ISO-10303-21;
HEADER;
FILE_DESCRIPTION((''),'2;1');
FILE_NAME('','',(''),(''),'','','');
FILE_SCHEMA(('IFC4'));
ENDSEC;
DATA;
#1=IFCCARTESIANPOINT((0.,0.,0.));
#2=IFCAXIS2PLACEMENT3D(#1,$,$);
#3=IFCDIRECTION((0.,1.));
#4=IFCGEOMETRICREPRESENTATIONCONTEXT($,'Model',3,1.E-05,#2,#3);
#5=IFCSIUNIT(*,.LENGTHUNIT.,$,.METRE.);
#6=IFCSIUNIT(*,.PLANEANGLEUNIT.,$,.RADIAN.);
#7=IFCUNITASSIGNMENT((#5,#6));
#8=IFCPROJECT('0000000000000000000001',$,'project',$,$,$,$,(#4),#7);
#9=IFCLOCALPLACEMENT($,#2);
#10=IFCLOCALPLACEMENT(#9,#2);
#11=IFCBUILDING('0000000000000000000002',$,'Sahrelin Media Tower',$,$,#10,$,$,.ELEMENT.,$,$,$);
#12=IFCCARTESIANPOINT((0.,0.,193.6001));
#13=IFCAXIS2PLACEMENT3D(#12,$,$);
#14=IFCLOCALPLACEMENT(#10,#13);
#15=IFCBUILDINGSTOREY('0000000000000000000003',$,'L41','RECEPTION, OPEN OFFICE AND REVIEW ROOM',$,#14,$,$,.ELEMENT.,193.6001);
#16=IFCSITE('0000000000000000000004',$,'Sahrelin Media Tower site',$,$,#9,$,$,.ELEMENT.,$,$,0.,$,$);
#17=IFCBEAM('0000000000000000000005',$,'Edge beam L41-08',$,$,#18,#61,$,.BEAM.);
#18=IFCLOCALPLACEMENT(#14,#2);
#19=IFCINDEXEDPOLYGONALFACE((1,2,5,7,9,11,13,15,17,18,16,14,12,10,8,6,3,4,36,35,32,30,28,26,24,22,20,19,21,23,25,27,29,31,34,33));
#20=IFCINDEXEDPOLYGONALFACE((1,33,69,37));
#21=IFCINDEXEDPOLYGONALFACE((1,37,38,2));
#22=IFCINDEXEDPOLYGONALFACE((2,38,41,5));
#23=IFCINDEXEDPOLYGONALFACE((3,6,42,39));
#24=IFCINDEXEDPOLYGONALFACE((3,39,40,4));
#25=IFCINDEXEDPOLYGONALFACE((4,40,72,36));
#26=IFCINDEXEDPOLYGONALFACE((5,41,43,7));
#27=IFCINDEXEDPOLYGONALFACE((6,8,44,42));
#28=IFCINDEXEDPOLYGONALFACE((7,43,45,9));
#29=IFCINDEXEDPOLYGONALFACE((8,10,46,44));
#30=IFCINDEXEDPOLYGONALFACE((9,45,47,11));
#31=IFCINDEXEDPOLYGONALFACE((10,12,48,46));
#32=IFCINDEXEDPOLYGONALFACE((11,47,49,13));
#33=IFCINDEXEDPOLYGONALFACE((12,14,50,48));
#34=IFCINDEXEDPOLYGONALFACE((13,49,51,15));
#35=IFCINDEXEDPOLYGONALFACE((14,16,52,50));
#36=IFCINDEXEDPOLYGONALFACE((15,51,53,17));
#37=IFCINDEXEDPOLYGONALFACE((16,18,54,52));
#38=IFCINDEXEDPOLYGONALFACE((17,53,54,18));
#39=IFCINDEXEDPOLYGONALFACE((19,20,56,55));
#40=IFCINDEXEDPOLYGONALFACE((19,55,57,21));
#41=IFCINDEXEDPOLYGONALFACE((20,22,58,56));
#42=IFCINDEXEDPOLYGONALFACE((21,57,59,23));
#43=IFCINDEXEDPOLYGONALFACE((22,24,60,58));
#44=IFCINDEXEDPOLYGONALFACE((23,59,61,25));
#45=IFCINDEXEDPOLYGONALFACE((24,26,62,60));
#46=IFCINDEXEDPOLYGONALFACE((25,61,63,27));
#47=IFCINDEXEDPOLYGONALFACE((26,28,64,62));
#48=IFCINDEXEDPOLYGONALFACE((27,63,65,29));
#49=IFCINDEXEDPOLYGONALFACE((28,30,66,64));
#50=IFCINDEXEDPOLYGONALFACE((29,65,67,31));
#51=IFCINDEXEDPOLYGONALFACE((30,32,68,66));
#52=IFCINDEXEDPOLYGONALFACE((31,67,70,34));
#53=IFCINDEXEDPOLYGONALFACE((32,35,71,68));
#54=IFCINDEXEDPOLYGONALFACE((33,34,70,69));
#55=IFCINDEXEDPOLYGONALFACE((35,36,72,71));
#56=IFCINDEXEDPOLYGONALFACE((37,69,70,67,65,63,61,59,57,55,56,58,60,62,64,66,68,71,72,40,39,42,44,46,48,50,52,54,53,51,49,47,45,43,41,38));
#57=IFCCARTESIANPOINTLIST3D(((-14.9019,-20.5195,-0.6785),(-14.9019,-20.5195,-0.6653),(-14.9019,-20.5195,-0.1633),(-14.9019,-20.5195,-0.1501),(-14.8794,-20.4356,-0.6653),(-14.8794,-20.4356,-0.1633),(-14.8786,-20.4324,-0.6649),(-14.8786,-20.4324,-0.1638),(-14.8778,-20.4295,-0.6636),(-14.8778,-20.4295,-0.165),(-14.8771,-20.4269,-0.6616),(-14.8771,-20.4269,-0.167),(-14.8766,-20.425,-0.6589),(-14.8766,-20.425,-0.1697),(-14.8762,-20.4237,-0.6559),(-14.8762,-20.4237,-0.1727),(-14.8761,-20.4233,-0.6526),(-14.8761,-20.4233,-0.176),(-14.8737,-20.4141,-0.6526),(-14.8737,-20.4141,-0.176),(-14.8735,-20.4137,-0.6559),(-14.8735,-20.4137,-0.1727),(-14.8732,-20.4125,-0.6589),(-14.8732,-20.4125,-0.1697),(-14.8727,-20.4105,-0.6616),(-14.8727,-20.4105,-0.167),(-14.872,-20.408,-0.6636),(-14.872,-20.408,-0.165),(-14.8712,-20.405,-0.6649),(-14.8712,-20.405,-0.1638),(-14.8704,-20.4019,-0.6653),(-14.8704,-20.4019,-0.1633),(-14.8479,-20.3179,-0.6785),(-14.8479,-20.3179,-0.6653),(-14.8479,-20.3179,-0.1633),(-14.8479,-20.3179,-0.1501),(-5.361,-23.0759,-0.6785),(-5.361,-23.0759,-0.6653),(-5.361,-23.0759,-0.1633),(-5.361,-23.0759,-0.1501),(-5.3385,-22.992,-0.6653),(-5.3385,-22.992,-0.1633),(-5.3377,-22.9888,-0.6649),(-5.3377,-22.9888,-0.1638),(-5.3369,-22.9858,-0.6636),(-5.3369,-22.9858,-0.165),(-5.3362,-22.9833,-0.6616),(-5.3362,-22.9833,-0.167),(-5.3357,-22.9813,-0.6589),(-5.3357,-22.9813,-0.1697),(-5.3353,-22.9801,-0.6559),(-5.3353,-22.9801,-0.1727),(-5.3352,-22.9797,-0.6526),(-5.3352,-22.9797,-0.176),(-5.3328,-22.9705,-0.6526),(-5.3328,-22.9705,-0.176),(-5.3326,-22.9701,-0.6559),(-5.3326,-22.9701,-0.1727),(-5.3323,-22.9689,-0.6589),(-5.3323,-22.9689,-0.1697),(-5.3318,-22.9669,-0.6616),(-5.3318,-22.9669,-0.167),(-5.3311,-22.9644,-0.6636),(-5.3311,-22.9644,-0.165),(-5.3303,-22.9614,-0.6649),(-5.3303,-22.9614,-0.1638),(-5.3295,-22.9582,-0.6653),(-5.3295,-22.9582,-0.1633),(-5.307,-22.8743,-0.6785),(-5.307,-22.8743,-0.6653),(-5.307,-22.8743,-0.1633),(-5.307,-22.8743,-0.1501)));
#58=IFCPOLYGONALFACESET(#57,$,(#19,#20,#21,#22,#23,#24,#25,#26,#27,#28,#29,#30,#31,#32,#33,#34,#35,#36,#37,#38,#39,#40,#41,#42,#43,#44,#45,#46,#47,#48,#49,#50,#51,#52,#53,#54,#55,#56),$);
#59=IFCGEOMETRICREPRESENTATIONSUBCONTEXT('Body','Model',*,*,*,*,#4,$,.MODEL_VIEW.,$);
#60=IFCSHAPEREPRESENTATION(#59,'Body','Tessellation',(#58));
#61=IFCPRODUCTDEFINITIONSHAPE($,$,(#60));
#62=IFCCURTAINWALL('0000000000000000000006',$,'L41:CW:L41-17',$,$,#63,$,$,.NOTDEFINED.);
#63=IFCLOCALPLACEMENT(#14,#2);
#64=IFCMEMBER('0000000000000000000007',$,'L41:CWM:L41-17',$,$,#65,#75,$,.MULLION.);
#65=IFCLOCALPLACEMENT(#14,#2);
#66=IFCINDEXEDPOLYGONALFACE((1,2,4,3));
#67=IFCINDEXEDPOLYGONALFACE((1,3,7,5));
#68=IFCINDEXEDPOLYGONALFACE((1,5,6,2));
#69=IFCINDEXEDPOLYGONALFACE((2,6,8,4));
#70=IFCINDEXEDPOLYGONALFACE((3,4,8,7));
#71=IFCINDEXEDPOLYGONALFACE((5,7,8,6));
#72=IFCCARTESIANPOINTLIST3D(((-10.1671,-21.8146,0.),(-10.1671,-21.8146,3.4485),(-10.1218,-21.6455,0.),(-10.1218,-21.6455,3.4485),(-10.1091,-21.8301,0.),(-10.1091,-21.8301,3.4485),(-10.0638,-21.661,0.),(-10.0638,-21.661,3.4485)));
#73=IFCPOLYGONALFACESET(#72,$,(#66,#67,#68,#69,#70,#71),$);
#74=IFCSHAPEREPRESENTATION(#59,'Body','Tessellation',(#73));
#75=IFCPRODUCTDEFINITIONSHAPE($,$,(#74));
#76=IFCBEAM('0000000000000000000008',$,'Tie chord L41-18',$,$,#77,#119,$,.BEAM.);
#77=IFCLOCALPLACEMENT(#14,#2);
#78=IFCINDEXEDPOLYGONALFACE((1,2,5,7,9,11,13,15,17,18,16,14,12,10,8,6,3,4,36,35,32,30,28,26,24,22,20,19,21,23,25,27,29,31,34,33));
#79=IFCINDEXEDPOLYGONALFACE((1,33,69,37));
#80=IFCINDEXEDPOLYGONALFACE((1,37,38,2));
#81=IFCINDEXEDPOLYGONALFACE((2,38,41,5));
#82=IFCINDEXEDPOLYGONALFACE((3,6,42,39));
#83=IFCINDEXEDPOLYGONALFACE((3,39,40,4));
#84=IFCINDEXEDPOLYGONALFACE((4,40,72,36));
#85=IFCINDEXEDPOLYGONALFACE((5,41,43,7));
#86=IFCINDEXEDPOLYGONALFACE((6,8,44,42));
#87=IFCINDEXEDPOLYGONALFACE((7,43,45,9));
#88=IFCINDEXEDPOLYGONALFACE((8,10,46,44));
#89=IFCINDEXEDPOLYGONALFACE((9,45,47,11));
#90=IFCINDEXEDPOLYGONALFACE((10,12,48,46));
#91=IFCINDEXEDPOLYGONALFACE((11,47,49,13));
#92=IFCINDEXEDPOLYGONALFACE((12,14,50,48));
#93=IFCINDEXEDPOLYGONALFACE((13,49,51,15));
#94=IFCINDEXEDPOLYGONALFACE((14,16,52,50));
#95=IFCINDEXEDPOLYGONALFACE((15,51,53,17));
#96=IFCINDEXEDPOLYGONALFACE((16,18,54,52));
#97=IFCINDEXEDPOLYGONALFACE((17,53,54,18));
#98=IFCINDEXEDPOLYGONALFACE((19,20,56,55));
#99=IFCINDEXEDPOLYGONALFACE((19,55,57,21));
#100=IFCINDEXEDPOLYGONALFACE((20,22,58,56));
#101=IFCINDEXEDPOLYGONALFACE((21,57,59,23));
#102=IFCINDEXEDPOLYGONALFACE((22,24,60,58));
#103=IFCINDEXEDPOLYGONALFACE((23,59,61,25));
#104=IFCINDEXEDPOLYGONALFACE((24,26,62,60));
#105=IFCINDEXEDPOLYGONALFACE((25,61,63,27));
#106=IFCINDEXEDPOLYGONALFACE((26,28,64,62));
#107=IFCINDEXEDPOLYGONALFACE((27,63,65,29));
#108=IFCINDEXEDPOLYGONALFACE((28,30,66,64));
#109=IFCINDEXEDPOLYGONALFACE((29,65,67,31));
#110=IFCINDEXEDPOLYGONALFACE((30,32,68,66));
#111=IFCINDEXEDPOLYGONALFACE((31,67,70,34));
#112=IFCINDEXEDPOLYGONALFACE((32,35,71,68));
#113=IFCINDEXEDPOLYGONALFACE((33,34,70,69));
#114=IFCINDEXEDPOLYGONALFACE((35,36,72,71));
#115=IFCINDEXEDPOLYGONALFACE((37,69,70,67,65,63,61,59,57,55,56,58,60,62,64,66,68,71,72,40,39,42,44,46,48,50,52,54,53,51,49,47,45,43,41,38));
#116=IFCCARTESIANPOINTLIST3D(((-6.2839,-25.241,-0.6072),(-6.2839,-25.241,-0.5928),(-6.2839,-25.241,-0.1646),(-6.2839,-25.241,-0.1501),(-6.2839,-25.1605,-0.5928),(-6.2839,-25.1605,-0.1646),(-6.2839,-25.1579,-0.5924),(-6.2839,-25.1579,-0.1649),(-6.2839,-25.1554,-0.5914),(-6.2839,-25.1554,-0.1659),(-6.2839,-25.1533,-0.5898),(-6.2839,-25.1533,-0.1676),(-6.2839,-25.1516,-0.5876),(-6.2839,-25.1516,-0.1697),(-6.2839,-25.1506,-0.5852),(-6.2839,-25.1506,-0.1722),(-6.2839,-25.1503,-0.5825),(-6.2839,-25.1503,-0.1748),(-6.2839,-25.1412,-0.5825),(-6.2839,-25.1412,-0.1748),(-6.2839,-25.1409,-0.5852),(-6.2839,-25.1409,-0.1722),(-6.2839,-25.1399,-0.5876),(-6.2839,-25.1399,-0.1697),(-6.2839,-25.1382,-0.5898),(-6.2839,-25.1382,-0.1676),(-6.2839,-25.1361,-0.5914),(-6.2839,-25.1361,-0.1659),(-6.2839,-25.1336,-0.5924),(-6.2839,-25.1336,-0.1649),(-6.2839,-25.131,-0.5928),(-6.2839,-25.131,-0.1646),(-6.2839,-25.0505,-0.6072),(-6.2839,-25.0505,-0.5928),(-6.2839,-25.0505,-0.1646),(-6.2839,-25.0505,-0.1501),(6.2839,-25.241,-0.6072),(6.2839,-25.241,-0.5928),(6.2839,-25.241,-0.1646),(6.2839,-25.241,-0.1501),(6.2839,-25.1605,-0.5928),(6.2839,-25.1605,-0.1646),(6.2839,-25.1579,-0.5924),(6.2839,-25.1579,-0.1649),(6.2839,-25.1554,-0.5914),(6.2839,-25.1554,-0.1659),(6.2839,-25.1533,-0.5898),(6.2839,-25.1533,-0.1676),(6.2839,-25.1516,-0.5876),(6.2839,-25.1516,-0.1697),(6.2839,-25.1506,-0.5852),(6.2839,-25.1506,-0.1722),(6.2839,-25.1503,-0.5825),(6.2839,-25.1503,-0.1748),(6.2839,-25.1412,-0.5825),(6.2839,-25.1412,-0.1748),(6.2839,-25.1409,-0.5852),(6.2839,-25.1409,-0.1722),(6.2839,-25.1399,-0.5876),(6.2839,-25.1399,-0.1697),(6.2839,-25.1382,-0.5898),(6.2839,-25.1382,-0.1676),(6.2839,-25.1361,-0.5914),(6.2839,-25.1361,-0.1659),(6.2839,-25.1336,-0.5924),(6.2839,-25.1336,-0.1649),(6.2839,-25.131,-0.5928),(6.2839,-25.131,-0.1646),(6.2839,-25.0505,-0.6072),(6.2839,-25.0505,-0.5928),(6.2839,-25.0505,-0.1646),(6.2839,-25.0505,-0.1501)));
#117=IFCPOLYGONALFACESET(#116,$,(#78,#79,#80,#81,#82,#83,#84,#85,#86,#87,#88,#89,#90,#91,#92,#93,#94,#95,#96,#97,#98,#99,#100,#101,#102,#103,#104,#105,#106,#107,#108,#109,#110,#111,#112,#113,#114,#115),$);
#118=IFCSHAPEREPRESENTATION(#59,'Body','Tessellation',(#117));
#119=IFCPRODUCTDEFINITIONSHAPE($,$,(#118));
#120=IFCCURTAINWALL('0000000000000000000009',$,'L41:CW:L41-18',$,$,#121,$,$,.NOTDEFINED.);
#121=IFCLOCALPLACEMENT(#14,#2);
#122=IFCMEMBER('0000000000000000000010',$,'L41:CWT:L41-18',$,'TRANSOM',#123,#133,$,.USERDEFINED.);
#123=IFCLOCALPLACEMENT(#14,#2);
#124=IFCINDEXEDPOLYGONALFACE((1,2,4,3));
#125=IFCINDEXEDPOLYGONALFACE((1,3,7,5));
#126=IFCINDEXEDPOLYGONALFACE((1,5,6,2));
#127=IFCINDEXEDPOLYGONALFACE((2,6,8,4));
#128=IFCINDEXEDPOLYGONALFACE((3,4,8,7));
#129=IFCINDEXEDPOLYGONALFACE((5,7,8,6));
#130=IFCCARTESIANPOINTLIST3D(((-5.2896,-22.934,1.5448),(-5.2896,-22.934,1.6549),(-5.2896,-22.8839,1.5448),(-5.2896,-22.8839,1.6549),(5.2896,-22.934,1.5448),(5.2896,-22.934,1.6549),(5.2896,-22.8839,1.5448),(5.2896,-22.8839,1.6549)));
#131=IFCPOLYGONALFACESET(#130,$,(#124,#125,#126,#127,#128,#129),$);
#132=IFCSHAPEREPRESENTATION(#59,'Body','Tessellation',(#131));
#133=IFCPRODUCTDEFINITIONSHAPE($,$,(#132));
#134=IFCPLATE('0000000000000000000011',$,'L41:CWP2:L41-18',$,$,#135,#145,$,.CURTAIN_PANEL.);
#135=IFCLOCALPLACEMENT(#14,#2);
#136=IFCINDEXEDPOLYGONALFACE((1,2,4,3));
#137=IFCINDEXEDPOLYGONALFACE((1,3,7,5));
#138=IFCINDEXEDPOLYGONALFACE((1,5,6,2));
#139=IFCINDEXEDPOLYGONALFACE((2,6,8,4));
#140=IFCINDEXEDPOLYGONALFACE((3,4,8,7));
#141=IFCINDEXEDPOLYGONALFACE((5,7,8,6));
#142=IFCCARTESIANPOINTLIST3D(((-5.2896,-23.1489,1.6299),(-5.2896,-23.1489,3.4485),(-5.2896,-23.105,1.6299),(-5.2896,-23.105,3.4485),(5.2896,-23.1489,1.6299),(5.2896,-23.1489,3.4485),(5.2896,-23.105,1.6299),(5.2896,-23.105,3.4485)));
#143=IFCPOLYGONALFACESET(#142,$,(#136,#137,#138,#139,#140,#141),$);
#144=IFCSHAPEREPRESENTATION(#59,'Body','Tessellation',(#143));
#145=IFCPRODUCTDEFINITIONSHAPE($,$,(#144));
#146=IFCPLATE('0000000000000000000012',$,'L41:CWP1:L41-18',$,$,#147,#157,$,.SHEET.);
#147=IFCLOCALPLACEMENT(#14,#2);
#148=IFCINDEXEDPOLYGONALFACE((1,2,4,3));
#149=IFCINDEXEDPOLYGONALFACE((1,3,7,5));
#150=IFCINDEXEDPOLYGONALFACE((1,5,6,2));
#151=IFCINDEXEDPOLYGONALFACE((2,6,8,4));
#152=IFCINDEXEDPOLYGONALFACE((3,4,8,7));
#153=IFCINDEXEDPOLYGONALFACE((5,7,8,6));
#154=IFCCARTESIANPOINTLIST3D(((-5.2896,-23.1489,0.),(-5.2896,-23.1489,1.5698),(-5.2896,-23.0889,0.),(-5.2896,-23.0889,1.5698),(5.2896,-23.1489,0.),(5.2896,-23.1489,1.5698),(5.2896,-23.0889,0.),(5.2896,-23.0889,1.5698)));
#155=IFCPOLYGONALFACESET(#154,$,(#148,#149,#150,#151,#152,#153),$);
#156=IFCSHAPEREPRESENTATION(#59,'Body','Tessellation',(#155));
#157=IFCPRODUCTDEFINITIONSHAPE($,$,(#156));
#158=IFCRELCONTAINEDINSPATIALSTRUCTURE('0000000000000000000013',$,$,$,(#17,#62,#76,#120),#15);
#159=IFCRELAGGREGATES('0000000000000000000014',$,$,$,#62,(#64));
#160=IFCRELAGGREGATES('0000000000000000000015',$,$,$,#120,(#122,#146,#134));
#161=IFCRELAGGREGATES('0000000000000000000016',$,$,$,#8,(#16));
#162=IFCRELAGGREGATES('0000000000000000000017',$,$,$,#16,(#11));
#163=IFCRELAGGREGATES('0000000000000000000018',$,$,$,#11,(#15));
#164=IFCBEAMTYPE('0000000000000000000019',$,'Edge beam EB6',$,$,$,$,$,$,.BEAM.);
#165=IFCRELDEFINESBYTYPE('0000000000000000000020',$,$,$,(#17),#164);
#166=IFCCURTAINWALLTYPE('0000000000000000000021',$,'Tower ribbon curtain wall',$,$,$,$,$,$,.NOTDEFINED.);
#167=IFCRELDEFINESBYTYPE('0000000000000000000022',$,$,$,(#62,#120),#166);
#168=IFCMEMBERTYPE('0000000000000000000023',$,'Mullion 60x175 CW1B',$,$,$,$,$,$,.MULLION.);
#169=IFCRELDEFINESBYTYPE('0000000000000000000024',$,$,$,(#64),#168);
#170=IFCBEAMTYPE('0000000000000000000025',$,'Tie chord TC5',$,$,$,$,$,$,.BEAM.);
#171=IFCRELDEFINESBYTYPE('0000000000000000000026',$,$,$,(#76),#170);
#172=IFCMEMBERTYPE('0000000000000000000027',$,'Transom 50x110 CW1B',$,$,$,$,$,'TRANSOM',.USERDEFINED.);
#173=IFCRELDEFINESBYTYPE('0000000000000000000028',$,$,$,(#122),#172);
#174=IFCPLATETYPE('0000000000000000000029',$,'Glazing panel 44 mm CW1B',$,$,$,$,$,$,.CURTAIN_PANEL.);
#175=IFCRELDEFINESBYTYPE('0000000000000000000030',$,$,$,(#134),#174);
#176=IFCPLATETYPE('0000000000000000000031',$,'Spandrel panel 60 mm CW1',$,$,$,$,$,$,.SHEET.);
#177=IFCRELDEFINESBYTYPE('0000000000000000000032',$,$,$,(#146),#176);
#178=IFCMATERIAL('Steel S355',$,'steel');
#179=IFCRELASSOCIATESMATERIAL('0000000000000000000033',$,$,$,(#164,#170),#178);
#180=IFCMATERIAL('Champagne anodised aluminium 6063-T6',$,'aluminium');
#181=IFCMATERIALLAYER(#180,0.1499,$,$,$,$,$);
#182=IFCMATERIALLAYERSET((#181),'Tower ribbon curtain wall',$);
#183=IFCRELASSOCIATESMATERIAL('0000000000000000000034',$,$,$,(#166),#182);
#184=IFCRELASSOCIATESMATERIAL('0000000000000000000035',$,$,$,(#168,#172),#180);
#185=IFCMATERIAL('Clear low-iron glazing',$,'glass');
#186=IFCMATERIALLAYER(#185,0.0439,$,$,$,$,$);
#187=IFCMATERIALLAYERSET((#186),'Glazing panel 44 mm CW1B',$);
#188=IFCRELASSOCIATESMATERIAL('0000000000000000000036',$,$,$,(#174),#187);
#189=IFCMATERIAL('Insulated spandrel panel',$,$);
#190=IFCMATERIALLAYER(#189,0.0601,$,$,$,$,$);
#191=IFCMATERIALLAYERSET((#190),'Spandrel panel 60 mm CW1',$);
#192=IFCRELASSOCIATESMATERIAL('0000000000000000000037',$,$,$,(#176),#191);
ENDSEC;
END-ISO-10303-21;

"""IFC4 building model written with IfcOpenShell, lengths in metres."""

from ifc_helpers import new_model, si_unit, direction, frame, origin, origin_2d, place, context, subcontext, project, spatial, polyline, rectangle, i_section, outline, extrude, material, layer, layer_set, material_profile, profile_set, type_object, element, aggregate, save


model = new_model("IFC4")

# Units and contexts
model_context = context("Model", 3, precision=1e-05, world=origin(), true_north=direction((0.0, 1.0)))
body_context = subcontext(model_context, "Body", "Model", "MODEL_VIEW")
ifc_project = project(units=[si_unit("LENGTHUNIT", "METRE"), si_unit("PLANEANGLEUNIT", "RADIAN")], contexts=[model_context])

# Site, building, storey
site_placement = place(None, origin())
site = spatial("IfcSite", under=ifc_project, at=site_placement, Name="Sahrelin Media Tower site", CompositionType="ELEMENT", RefElevation=0.0)
building_placement = place(site_placement, origin())
building = spatial("IfcBuilding", under=site, at=building_placement, Name="Sahrelin Media Tower", CompositionType="ELEMENT")
storey_placement = place(building_placement, frame((0.0, 0.0, 193.6001)))
storey = spatial("IfcBuildingStorey", under=building, at=storey_placement, Name="L41", Description="RECEPTION, OPEN OFFICE AND REVIEW ROOM", CompositionType="ELEMENT", Elevation=193.6001)

# Beam
ifc_material_1 = material(Name="Steel S355", Category="steel")
ifc_material_profile_1 = material_profile(ifc_material_1, i_section(OverallWidth=0.2087, OverallDepth=0.5283, WebThickness=0.0095, FlangeThickness=0.0132, FilletRadius=0.0127, at=origin_2d()), Name="UB 533x210x82")
ifc_profile_set_1 = profile_set([ifc_material_profile_1], Name="Steel S355")
beam_type_1 = type_object("IfcBeamType", Name="Edge beam EB6", PredefinedType="BEAM", material=ifc_profile_set_1)
beam_1_placement = place(storey_placement, frame((-5.334, -22.9751, -0.4143), z_axis=(-0.965929, 0.258809, 0.0), x_axis=(-0.258809, -0.965929, 0.0)))
element("IfcBeam", 1, at=beam_1_placement, inside=storey, type_object=beam_type_1, Name="Edge beam L41-08", PredefinedType="BEAM", context=body_context, shape_type="SweptSolid", body=[
    extrude(i_section(OverallWidth=0.2087, OverallDepth=0.5283, WebThickness=0.0095, FlangeThickness=0.0132, FilletRadius=0.0127, at=origin_2d()), origin(), (0.0, 0.0, 1.0), 9.8774),
])

# Curtain wall, member
ifc_material_2 = material(Name="Champagne anodised aluminium 6063-T6", Category="aluminium")
ifc_layer_1 = layer(ifc_material_2, 0.1499)
ifc_layer_set_1 = layer_set([ifc_layer_1], Name="Tower ribbon curtain wall")
curtain_wall_type = type_object("IfcCurtainWallType", Name="Tower ribbon curtain wall", PredefinedType="NOTDEFINED", material=ifc_layer_set_1)
curtain_wall_1_placement = place(storey_placement, frame((-10.1433, -21.8418, 0.0), z_axis=(0.0, 0.0, 1.0), x_axis=(1.0, 0.0, 0.0)))
curtain_wall_1 = element("IfcCurtainWall", 2, at=curtain_wall_1_placement, inside=storey, type_object=curtain_wall_type, Name="L41:CW:L41-17", PredefinedType="NOTDEFINED")
ifc_material_profile_2 = material_profile(ifc_material_2, rectangle(XDim=0.0601, YDim=0.175, at=origin_2d()), Name="Mullion 60x175")
ifc_profile_set_2 = profile_set([ifc_material_profile_2], Name="Champagne anodised aluminium 6063-T6")
member_type_1 = type_object("IfcMemberType", Name="Mullion 60x175 CW1B", PredefinedType="MULLION", material=ifc_profile_set_2)
member_1_placement = place(storey_placement, frame((-10.1155, -21.7378, 0.0), z_axis=(0.0, 0.0, 1.0), x_axis=(0.965925, -0.258822, 0.0)))
member_1 = element("IfcMember", 3, at=member_1_placement, type_object=member_type_1, Name="L41:CWM:L41-17", PredefinedType="MULLION", context=body_context, shape_type="SweptSolid", body=[
    extrude(rectangle(XDim=0.0601, YDim=0.175, at=origin_2d()), origin(), (0.0, 0.0, 1.0), 3.4485),
])
aggregate(curtain_wall_1, [member_1])

# Beam
ifc_material_profile_3 = material_profile(ifc_material_1, i_section(OverallWidth=0.1904, OverallDepth=0.457, WebThickness=0.009, FlangeThickness=0.0144, FilletRadius=0.0103, at=origin_2d()), Name="UB 457x191x74")
ifc_profile_set_3 = profile_set([ifc_material_profile_3], Name="Steel S355")
beam_type_2 = type_object("IfcBeamType", Name="Tie chord TC5", PredefinedType="BEAM", material=ifc_profile_set_3)
beam_2_placement = place(storey_placement, frame((-6.2839, -25.1458, -0.3787), z_axis=(1.0, 0.0, 0.0), x_axis=(0.0, 1.0, 0.0)))
element("IfcBeam", 4, at=beam_2_placement, inside=storey, type_object=beam_type_2, Name="Tie chord L41-18", PredefinedType="BEAM", context=body_context, shape_type="SweptSolid", body=[
    extrude(i_section(OverallWidth=0.1904, OverallDepth=0.457, WebThickness=0.009, FlangeThickness=0.0144, FilletRadius=0.0103, at=origin_2d()), origin(), (0.0, 0.0, 1.0), 12.5679),
])

# Curtain wall, member, plates
curtain_wall_2_placement = place(storey_placement, frame((0.0, -23.1289, 0.0), z_axis=(0.0, 0.0, 1.0), x_axis=(1.0, 0.0, 0.0)))
curtain_wall_2 = element("IfcCurtainWall", 5, at=curtain_wall_2_placement, inside=storey, type_object=curtain_wall_type, Name="L41:CW:L41-18", PredefinedType="NOTDEFINED")
ifc_material_profile_4 = material_profile(ifc_material_2, rectangle(XDim=0.05, YDim=0.1101, at=origin_2d()), Name="Transom 50x110")
ifc_profile_set_4 = profile_set([ifc_material_profile_4], Name="Champagne anodised aluminium 6063-T6")
member_type_2 = type_object("IfcMemberType", Name="Transom 50x110 CW1B", ElementType="TRANSOM", PredefinedType="USERDEFINED", material=ifc_profile_set_4)
member_2_placement = place(storey_placement, frame((-5.2896, -22.9089, 1.5999), z_axis=(1.0, 0.0, 0.0), x_axis=(0.0, 1.0, 0.0)))
member_2 = element("IfcMember", 6, at=member_2_placement, type_object=member_type_2, Name="L41:CWT:L41-18", ObjectType="TRANSOM", PredefinedType="USERDEFINED", context=body_context, shape_type="SweptSolid", body=[
    extrude(rectangle(XDim=0.05, YDim=0.1101, at=origin_2d()), origin(), (0.0, 0.0, 1.0), 10.5791),
])
ifc_material_3 = material(Name="Clear low-iron glazing", Category="glass")
ifc_layer_2 = layer(ifc_material_3, 0.0439)
ifc_layer_set_2 = layer_set([ifc_layer_2], Name="Glazing panel 44 mm CW1B")
plate_type_1 = type_object("IfcPlateType", Name="Glazing panel 44 mm CW1B", PredefinedType="CURTAIN_PANEL", material=ifc_layer_set_2)
plate_1_placement = place(storey_placement, frame((-5.2896, -23.1489, 1.6299), z_axis=(0.0, -1.0, 0.0), x_axis=(1.0, 0.0, 0.0)))
plate_1 = element("IfcPlate", 7, at=plate_1_placement, type_object=plate_type_1, Name="L41:CWP2:L41-18", PredefinedType="CURTAIN_PANEL", context=body_context, shape_type="SweptSolid", body=[
    extrude(outline(polyline([(0.0, 0.0), (10.5791, 0.0), (10.5791, 1.8186), (0.0, 1.8186), (0.0, 0.0)])), origin(), (0.0, 0.0, -1.0), 0.0439),
])
ifc_material_4 = material(Name="Insulated spandrel panel")
ifc_layer_3 = layer(ifc_material_4, 0.0601)
ifc_layer_set_3 = layer_set([ifc_layer_3], Name="Spandrel panel 60 mm CW1")
plate_type_2 = type_object("IfcPlateType", Name="Spandrel panel 60 mm CW1", PredefinedType="SHEET", material=ifc_layer_set_3)
plate_2_placement = place(storey_placement, frame((-5.2896, -23.1489, 0.0), z_axis=(0.0, -1.0, 0.0), x_axis=(1.0, 0.0, 0.0)))
plate_2 = element("IfcPlate", 8, at=plate_2_placement, type_object=plate_type_2, Name="L41:CWP1:L41-18", PredefinedType="SHEET", context=body_context, shape_type="SweptSolid", body=[
    extrude(outline(polyline([(0.0, 0.0), (10.5791, 0.0), (10.5791, 1.5698), (0.0, 1.5698), (0.0, 0.0)])), origin(), (0.0, 0.0, -1.0), 0.0601),
])
aggregate(curtain_wall_2, [member_2, plate_2, plate_1])

save(model, "model.ifc")
